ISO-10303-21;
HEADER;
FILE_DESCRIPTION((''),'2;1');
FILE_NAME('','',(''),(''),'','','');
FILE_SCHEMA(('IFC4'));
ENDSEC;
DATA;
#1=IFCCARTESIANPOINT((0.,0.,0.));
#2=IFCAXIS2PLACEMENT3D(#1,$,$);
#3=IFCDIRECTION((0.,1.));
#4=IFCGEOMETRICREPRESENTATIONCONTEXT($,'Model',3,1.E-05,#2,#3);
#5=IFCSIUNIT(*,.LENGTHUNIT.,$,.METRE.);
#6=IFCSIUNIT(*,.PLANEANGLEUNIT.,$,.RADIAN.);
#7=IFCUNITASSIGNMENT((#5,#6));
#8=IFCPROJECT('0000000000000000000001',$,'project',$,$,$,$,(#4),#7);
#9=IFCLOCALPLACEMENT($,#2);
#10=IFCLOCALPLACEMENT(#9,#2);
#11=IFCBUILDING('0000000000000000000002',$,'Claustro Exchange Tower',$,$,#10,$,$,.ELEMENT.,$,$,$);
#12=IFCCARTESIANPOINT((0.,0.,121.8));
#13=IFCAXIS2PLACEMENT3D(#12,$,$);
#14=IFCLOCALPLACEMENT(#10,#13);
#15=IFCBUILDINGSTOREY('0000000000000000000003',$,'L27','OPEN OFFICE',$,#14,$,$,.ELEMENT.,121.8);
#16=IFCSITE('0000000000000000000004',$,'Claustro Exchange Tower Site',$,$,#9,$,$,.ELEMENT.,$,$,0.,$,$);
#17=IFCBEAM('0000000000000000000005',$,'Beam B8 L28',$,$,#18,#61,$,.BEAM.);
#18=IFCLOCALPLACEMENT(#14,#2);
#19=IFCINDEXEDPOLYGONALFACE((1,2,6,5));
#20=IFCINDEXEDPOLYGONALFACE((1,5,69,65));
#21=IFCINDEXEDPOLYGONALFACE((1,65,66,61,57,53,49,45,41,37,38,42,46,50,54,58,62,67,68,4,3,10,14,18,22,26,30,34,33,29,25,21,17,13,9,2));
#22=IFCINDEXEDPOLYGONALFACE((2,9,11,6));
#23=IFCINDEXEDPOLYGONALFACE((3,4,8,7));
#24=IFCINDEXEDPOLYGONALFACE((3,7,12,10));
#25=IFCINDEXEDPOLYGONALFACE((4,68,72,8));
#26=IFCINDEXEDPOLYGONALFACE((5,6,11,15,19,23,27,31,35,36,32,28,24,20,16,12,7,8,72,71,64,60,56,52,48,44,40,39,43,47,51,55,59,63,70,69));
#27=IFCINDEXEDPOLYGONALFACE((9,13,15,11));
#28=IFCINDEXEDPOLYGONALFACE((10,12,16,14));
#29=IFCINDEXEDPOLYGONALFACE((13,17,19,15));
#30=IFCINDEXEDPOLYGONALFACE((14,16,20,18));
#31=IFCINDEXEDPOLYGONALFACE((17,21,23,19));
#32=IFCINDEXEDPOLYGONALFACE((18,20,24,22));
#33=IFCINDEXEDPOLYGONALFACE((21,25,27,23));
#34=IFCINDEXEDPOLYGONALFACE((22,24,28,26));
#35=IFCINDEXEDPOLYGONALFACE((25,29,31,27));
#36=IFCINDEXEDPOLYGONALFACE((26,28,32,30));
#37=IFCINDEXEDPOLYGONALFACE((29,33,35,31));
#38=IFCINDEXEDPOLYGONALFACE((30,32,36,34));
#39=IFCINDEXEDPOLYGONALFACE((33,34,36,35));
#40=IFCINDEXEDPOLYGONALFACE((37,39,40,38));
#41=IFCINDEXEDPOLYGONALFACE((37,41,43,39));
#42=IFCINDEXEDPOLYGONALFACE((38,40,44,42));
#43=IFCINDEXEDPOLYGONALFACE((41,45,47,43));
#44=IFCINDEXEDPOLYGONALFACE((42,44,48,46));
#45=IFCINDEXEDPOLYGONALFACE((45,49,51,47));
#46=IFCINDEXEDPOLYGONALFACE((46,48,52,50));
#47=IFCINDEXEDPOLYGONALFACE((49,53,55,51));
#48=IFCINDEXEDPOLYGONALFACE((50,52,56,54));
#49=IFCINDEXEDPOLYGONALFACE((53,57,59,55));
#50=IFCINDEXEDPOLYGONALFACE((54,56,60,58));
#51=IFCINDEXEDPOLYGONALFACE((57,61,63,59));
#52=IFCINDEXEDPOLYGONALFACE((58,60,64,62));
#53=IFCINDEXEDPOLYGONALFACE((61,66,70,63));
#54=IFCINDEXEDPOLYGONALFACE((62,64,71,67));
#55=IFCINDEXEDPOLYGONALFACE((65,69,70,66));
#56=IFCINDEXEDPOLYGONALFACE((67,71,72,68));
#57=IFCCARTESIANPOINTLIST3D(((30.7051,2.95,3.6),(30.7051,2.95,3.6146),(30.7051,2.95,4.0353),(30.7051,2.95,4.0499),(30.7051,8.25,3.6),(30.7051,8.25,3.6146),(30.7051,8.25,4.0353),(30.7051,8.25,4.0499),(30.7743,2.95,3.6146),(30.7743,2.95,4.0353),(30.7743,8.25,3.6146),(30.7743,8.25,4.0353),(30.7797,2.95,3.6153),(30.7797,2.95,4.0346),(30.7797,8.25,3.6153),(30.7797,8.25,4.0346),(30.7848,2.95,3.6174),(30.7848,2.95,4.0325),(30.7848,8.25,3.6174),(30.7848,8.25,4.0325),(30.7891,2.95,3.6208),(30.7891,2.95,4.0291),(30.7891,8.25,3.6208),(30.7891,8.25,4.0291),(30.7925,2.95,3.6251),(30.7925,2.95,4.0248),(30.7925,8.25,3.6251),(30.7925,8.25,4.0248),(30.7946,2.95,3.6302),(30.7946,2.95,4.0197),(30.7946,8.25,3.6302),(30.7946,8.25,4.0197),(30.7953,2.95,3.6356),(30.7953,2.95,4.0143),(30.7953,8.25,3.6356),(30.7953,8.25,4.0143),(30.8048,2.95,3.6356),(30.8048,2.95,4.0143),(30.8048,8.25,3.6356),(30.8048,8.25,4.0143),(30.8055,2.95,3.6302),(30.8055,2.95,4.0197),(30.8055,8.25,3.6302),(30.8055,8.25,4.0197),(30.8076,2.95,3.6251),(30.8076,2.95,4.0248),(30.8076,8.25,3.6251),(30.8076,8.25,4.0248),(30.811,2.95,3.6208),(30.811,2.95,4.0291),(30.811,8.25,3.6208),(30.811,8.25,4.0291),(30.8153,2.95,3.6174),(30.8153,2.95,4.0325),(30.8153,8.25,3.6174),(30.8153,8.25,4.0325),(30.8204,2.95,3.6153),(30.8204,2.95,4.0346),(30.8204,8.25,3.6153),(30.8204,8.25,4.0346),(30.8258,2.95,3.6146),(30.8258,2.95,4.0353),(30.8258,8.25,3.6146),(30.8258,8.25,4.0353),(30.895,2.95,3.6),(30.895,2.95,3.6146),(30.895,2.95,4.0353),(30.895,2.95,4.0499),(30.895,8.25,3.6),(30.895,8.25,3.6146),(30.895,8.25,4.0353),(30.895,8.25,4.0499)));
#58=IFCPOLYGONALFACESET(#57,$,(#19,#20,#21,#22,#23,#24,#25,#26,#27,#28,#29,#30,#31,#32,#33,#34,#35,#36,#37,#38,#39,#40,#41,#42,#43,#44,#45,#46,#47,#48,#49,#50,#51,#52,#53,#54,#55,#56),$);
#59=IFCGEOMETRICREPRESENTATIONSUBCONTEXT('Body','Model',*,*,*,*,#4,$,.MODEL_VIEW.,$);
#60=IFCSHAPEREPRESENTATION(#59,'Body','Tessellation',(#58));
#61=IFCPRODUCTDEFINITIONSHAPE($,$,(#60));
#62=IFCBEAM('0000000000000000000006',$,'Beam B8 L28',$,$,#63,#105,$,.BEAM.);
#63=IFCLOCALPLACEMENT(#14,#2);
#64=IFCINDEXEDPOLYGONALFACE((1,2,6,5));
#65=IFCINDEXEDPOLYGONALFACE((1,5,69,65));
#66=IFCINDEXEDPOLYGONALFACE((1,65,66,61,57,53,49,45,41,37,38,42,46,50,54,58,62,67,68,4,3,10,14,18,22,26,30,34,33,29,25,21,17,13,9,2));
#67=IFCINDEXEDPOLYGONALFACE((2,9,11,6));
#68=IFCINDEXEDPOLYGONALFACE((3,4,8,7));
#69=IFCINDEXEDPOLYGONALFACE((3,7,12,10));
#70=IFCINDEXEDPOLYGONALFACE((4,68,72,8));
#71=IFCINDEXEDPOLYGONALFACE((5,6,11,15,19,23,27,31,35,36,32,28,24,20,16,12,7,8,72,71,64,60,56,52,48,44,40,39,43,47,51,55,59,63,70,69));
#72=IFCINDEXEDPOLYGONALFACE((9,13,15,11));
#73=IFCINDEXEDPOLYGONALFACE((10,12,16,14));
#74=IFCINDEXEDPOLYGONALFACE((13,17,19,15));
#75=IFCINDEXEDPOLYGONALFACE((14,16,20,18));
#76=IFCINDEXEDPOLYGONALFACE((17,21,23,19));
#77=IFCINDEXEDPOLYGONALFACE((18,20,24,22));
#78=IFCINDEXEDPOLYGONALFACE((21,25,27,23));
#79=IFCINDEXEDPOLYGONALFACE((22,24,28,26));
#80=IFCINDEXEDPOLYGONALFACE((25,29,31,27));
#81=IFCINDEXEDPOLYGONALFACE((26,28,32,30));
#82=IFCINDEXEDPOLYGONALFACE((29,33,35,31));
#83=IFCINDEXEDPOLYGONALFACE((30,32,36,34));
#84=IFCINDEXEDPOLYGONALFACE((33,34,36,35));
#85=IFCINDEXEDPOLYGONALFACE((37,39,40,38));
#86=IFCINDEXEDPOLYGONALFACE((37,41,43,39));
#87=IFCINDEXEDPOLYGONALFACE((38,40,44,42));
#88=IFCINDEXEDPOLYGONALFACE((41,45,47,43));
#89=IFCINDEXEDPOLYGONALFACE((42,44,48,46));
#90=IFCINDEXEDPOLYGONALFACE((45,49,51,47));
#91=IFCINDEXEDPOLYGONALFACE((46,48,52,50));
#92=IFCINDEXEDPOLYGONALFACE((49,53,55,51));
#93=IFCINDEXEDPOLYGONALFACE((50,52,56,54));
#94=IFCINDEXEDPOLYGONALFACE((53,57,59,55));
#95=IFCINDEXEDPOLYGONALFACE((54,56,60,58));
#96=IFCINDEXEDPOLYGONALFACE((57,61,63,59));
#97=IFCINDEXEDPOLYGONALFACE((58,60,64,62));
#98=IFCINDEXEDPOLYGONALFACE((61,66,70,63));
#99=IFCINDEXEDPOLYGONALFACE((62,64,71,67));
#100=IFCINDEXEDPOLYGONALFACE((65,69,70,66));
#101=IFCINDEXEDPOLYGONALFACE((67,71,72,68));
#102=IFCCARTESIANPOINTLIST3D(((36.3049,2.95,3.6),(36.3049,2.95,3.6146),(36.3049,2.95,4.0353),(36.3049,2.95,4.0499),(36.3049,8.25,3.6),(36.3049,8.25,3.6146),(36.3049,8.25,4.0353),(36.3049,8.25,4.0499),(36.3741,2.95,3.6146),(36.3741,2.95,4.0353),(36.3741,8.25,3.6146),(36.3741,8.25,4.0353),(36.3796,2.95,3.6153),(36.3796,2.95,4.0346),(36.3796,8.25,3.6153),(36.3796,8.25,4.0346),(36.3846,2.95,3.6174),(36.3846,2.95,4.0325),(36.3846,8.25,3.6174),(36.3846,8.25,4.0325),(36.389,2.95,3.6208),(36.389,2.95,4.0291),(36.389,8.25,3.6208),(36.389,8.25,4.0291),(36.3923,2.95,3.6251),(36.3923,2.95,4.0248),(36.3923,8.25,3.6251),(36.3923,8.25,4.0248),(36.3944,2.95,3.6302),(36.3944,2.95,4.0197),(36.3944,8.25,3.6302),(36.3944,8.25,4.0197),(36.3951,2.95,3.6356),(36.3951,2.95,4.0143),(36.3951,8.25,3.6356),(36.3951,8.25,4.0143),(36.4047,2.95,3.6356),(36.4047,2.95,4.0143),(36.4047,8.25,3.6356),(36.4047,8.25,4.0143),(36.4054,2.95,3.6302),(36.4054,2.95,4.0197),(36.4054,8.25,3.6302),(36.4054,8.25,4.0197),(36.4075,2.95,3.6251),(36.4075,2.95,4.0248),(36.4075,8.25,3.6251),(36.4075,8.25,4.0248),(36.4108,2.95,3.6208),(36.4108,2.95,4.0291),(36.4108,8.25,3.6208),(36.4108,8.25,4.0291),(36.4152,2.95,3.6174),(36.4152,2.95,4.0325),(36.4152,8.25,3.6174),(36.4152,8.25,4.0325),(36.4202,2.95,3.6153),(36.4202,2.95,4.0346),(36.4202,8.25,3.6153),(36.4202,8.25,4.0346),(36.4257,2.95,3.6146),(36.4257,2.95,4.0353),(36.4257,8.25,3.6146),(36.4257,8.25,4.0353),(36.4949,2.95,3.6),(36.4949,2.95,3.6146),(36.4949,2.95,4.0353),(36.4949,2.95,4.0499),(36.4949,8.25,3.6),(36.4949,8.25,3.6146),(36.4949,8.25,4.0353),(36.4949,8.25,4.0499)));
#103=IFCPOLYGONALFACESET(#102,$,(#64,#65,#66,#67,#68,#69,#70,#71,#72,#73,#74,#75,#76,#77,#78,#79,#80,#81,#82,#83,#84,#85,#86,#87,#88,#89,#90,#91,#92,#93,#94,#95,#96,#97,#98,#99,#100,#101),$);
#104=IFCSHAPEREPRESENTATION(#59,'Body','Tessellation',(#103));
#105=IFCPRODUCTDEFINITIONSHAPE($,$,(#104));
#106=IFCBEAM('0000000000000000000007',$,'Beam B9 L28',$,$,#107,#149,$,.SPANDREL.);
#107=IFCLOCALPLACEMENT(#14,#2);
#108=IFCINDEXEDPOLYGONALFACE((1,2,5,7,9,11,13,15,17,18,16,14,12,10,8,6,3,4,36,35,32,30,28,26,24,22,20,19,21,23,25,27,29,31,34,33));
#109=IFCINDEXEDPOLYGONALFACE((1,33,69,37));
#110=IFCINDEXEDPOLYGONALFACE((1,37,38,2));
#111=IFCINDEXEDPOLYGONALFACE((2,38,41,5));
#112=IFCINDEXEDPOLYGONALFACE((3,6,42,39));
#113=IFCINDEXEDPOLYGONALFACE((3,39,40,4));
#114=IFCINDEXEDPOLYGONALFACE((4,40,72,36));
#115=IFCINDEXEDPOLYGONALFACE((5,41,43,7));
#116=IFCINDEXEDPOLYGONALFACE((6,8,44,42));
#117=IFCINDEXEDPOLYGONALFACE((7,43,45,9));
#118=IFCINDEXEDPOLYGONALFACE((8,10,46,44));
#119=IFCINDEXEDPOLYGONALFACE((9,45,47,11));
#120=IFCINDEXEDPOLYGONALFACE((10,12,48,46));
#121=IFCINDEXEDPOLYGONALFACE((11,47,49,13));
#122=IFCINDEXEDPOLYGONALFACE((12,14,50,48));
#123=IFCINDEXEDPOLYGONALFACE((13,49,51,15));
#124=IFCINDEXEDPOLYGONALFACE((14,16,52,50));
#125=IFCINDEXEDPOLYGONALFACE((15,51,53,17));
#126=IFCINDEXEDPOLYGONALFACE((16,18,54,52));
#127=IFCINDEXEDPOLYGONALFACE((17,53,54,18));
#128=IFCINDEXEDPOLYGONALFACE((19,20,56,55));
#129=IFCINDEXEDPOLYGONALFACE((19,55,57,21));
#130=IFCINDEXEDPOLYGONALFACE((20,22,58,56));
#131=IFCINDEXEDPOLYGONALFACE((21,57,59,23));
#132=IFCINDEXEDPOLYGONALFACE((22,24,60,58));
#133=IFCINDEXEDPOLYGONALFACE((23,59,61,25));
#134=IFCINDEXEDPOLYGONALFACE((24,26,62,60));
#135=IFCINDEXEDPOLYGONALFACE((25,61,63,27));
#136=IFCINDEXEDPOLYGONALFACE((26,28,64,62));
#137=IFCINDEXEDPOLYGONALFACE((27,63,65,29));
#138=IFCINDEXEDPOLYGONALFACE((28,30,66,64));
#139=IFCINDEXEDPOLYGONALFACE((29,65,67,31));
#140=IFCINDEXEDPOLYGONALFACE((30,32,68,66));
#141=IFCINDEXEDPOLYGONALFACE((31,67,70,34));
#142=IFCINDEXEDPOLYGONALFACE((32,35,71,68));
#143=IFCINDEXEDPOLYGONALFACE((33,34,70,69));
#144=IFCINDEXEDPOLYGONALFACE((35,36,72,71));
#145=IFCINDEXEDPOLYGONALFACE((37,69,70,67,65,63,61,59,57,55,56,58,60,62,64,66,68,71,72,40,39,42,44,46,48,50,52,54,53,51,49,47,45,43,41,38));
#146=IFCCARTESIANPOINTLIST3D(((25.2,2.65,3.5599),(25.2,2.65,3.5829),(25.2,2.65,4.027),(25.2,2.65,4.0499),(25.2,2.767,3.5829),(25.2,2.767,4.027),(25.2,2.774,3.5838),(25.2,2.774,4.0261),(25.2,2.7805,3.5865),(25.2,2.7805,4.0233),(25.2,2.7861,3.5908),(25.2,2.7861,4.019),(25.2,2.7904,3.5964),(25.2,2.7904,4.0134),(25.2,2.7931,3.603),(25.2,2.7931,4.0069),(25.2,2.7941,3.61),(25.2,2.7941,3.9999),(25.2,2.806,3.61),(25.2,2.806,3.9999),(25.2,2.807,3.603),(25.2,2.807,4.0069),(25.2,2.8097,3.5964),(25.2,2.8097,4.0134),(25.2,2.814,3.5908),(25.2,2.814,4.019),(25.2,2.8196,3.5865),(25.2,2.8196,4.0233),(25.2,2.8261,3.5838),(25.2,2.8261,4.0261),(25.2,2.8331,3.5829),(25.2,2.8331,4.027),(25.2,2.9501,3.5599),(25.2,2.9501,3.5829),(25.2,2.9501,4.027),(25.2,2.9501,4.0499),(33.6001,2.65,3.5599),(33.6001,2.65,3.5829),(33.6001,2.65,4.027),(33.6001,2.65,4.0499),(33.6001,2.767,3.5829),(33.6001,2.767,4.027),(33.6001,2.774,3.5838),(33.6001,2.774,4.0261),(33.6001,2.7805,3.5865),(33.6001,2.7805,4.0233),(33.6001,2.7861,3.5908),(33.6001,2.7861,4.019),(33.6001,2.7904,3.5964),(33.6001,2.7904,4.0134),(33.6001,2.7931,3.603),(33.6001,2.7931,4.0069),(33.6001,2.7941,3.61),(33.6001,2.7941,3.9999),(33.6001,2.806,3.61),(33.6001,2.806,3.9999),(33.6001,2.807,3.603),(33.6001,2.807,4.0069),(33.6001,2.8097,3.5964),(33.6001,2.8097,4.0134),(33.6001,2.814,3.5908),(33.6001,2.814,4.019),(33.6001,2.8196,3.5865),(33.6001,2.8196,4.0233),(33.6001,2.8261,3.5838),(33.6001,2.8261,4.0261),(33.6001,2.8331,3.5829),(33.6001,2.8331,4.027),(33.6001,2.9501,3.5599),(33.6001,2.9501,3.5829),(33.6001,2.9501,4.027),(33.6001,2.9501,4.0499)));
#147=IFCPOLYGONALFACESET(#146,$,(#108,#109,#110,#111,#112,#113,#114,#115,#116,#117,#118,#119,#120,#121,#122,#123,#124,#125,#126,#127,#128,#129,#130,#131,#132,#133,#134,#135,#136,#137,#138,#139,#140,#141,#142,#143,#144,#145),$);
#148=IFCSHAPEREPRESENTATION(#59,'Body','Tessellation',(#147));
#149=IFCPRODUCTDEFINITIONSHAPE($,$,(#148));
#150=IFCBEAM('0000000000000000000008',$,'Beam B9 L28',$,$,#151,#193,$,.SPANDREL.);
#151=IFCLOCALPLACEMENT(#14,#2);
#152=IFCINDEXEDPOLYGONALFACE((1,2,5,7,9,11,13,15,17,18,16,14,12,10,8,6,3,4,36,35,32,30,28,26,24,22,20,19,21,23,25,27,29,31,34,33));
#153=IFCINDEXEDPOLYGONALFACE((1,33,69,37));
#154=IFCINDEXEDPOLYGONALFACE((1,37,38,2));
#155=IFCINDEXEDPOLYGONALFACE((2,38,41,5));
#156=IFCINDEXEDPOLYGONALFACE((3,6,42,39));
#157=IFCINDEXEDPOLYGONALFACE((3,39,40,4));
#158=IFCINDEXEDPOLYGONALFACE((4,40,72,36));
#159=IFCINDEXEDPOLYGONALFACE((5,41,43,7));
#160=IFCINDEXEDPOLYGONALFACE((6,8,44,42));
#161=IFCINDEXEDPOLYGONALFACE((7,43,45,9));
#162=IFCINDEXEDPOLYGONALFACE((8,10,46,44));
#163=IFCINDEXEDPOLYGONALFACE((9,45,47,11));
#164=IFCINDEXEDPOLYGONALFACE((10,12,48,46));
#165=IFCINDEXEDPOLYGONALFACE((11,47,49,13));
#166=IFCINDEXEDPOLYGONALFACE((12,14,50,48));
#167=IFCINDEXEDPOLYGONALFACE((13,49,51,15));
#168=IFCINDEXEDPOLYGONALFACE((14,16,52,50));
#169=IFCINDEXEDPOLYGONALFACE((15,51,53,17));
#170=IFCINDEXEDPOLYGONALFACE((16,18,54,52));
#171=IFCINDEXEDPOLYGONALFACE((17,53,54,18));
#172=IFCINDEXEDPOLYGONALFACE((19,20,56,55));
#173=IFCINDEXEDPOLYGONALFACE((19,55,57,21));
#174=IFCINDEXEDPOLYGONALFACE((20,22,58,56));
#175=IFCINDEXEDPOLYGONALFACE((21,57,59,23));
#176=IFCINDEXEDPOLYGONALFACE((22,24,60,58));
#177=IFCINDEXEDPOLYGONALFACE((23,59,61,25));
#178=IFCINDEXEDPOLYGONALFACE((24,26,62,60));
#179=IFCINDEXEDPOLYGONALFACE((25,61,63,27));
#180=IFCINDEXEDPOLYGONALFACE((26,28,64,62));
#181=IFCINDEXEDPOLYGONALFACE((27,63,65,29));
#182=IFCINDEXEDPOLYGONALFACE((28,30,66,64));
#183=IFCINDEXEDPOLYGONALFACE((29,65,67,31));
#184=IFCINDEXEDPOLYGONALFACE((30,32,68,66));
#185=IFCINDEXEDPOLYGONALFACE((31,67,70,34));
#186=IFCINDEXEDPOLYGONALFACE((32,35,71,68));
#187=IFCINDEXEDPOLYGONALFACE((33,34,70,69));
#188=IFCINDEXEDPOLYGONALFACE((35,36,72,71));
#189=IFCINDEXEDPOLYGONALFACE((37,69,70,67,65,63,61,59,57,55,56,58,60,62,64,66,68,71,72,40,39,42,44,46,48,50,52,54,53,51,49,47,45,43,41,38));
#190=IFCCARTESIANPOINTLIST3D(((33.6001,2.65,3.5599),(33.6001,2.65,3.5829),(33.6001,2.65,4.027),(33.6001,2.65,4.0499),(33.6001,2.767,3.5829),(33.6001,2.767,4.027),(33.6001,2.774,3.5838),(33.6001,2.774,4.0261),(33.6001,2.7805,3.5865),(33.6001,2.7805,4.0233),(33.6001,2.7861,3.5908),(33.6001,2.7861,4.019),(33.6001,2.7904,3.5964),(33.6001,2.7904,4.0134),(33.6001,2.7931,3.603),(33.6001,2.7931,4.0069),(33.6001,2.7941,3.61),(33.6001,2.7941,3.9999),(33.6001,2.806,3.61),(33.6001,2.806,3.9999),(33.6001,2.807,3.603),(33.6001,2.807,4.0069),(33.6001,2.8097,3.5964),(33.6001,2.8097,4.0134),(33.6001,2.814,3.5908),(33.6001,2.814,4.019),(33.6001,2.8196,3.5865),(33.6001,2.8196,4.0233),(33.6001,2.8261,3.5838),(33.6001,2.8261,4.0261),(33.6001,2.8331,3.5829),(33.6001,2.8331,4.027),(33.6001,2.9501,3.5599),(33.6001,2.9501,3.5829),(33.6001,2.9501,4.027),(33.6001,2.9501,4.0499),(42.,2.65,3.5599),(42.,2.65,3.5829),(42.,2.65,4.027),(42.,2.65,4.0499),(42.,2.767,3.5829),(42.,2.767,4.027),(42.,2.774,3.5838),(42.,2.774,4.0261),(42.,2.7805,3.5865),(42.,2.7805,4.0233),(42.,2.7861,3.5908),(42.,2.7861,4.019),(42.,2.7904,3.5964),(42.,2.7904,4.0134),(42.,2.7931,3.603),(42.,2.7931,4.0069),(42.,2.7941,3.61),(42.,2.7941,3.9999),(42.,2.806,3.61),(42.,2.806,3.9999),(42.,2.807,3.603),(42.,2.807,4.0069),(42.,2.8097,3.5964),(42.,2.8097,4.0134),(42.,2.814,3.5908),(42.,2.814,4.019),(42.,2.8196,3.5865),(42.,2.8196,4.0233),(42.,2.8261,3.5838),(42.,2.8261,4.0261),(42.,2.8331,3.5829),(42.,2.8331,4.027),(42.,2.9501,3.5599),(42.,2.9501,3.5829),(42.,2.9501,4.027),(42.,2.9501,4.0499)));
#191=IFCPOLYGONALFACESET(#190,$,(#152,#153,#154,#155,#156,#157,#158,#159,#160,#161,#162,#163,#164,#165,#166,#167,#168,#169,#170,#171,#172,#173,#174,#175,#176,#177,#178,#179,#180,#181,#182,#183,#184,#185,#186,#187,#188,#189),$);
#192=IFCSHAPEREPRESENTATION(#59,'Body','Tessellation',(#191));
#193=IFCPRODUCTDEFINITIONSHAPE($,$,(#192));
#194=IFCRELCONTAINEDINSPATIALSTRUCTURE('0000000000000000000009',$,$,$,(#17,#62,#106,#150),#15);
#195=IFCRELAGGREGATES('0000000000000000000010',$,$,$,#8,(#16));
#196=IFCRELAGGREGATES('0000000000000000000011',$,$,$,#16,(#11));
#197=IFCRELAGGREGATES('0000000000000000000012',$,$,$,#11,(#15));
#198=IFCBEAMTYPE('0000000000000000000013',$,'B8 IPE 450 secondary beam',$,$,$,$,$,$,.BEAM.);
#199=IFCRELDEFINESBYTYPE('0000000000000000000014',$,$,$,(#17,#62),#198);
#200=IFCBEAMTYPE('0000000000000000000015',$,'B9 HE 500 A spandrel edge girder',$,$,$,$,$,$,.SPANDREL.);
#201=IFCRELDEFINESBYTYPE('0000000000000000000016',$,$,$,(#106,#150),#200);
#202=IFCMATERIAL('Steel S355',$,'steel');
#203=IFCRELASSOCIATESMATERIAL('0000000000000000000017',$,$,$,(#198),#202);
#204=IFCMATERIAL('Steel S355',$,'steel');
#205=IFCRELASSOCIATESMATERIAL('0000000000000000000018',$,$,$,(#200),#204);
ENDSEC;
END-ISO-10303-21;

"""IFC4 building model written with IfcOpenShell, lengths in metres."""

from ifc_helpers import new_model, si_unit, direction, frame, origin, origin_2d, place, context, subcontext, project, spatial, i_section, extrude, material, material_profile, profile_set, type_object, element, save


model = new_model("IFC4")

# Units and contexts
model_context = context("Model", 3, precision=1e-05, world=origin(), true_north=direction((0.0, 1.0)))
body_context = subcontext(model_context, "Body", "Model", "MODEL_VIEW")
ifc_project = project(units=[si_unit("LENGTHUNIT", "METRE"), si_unit("PLANEANGLEUNIT", "RADIAN")], contexts=[model_context])

# Site, building, storey
site_placement = place(None, origin())
site = spatial("IfcSite", under=ifc_project, at=site_placement, Name="Claustro Exchange Tower Site", CompositionType="ELEMENT", RefElevation=0.0)
building_placement = place(site_placement, origin())
building = spatial("IfcBuilding", under=site, at=building_placement, Name="Claustro Exchange Tower", CompositionType="ELEMENT")
storey_placement = place(building_placement, frame((0.0, 0.0, 121.8)))
storey = spatial("IfcBuildingStorey", under=building, at=storey_placement, Name="L27", Description="OPEN OFFICE", CompositionType="ELEMENT", Elevation=121.8)

# Beams
ifc_material_1 = material(Name="Steel S355", Category="steel")
ifc_material_profile_1 = material_profile(ifc_material_1, i_section(OverallWidth=0.1899, OverallDepth=0.45, WebThickness=0.0095, FlangeThickness=0.0146, FilletRadius=0.021, at=origin_2d()), Name="IPE 450")
ifc_profile_set_1 = profile_set([ifc_material_profile_1], Name="Steel S355")
beam_type_1 = type_object("IfcBeamType", Name="B8 IPE 450 secondary beam", PredefinedType="BEAM", material=ifc_profile_set_1)
for number, where, z_axis, x_axis, name in (
    (1, (30.8, 2.95, 3.825), (0.0, 1.0, 0.0), (-1.0, 0.0, 0.0), "Beam B8 L28"),
    (2, (36.3999, 2.95, 3.825), (0.0, 1.0, 0.0), (-1.0, 0.0, 0.0), "Beam B8 L28"),
):
    element("IfcBeam", number, at=place(storey_placement, frame(where, z_axis=z_axis, x_axis=x_axis)), inside=storey, type_object=beam_type_1, Name=name, PredefinedType="BEAM", context=body_context, shape_type="SweptSolid", body=[
        extrude(i_section(OverallWidth=0.1899, OverallDepth=0.45, WebThickness=0.0095, FlangeThickness=0.0146, FilletRadius=0.021, at=origin_2d()), origin(), (0.0, 0.0, 1.0), 5.3),
    ])
ifc_material_2 = material(Name="Steel S355", Category="steel")
ifc_material_profile_2 = material_profile(ifc_material_2, i_section(OverallWidth=0.3, OverallDepth=0.49, WebThickness=0.012, FlangeThickness=0.0229, FilletRadius=0.0271, at=origin_2d()), Name="HE 500 A")
ifc_profile_set_2 = profile_set([ifc_material_profile_2], Name="Steel S355")
beam_type_2 = type_object("IfcBeamType", Name="B9 HE 500 A spandrel edge girder", PredefinedType="SPANDREL", material=ifc_profile_set_2)
beam_1_placement = place(storey_placement, frame((25.2, 2.8, 3.8049), z_axis=(1.0, 0.0, 0.0), x_axis=(0.0, 1.0, 0.0)))
element("IfcBeam", 3, at=beam_1_placement, inside=storey, type_object=beam_type_2, Name="Beam B9 L28", PredefinedType="SPANDREL", context=body_context, shape_type="SweptSolid", body=[
    extrude(i_section(OverallWidth=0.3, OverallDepth=0.49, WebThickness=0.012, FlangeThickness=0.0229, FilletRadius=0.0271, at=origin_2d()), origin(), (0.0, 0.0, 1.0), 8.4001),
])
beam_2_placement = place(storey_placement, frame((33.6001, 2.8, 3.8049), z_axis=(1.0, 0.0, 0.0), x_axis=(0.0, 1.0, 0.0)))
element("IfcBeam", 4, at=beam_2_placement, inside=storey, type_object=beam_type_2, Name="Beam B9 L28", PredefinedType="SPANDREL", context=body_context, shape_type="SweptSolid", body=[
    extrude(i_section(OverallWidth=0.3, OverallDepth=0.49, WebThickness=0.012, FlangeThickness=0.0229, FilletRadius=0.0271, at=origin_2d()), origin(), (0.0, 0.0, 1.0), 8.3999),
])

save(model, "model.ifc")
